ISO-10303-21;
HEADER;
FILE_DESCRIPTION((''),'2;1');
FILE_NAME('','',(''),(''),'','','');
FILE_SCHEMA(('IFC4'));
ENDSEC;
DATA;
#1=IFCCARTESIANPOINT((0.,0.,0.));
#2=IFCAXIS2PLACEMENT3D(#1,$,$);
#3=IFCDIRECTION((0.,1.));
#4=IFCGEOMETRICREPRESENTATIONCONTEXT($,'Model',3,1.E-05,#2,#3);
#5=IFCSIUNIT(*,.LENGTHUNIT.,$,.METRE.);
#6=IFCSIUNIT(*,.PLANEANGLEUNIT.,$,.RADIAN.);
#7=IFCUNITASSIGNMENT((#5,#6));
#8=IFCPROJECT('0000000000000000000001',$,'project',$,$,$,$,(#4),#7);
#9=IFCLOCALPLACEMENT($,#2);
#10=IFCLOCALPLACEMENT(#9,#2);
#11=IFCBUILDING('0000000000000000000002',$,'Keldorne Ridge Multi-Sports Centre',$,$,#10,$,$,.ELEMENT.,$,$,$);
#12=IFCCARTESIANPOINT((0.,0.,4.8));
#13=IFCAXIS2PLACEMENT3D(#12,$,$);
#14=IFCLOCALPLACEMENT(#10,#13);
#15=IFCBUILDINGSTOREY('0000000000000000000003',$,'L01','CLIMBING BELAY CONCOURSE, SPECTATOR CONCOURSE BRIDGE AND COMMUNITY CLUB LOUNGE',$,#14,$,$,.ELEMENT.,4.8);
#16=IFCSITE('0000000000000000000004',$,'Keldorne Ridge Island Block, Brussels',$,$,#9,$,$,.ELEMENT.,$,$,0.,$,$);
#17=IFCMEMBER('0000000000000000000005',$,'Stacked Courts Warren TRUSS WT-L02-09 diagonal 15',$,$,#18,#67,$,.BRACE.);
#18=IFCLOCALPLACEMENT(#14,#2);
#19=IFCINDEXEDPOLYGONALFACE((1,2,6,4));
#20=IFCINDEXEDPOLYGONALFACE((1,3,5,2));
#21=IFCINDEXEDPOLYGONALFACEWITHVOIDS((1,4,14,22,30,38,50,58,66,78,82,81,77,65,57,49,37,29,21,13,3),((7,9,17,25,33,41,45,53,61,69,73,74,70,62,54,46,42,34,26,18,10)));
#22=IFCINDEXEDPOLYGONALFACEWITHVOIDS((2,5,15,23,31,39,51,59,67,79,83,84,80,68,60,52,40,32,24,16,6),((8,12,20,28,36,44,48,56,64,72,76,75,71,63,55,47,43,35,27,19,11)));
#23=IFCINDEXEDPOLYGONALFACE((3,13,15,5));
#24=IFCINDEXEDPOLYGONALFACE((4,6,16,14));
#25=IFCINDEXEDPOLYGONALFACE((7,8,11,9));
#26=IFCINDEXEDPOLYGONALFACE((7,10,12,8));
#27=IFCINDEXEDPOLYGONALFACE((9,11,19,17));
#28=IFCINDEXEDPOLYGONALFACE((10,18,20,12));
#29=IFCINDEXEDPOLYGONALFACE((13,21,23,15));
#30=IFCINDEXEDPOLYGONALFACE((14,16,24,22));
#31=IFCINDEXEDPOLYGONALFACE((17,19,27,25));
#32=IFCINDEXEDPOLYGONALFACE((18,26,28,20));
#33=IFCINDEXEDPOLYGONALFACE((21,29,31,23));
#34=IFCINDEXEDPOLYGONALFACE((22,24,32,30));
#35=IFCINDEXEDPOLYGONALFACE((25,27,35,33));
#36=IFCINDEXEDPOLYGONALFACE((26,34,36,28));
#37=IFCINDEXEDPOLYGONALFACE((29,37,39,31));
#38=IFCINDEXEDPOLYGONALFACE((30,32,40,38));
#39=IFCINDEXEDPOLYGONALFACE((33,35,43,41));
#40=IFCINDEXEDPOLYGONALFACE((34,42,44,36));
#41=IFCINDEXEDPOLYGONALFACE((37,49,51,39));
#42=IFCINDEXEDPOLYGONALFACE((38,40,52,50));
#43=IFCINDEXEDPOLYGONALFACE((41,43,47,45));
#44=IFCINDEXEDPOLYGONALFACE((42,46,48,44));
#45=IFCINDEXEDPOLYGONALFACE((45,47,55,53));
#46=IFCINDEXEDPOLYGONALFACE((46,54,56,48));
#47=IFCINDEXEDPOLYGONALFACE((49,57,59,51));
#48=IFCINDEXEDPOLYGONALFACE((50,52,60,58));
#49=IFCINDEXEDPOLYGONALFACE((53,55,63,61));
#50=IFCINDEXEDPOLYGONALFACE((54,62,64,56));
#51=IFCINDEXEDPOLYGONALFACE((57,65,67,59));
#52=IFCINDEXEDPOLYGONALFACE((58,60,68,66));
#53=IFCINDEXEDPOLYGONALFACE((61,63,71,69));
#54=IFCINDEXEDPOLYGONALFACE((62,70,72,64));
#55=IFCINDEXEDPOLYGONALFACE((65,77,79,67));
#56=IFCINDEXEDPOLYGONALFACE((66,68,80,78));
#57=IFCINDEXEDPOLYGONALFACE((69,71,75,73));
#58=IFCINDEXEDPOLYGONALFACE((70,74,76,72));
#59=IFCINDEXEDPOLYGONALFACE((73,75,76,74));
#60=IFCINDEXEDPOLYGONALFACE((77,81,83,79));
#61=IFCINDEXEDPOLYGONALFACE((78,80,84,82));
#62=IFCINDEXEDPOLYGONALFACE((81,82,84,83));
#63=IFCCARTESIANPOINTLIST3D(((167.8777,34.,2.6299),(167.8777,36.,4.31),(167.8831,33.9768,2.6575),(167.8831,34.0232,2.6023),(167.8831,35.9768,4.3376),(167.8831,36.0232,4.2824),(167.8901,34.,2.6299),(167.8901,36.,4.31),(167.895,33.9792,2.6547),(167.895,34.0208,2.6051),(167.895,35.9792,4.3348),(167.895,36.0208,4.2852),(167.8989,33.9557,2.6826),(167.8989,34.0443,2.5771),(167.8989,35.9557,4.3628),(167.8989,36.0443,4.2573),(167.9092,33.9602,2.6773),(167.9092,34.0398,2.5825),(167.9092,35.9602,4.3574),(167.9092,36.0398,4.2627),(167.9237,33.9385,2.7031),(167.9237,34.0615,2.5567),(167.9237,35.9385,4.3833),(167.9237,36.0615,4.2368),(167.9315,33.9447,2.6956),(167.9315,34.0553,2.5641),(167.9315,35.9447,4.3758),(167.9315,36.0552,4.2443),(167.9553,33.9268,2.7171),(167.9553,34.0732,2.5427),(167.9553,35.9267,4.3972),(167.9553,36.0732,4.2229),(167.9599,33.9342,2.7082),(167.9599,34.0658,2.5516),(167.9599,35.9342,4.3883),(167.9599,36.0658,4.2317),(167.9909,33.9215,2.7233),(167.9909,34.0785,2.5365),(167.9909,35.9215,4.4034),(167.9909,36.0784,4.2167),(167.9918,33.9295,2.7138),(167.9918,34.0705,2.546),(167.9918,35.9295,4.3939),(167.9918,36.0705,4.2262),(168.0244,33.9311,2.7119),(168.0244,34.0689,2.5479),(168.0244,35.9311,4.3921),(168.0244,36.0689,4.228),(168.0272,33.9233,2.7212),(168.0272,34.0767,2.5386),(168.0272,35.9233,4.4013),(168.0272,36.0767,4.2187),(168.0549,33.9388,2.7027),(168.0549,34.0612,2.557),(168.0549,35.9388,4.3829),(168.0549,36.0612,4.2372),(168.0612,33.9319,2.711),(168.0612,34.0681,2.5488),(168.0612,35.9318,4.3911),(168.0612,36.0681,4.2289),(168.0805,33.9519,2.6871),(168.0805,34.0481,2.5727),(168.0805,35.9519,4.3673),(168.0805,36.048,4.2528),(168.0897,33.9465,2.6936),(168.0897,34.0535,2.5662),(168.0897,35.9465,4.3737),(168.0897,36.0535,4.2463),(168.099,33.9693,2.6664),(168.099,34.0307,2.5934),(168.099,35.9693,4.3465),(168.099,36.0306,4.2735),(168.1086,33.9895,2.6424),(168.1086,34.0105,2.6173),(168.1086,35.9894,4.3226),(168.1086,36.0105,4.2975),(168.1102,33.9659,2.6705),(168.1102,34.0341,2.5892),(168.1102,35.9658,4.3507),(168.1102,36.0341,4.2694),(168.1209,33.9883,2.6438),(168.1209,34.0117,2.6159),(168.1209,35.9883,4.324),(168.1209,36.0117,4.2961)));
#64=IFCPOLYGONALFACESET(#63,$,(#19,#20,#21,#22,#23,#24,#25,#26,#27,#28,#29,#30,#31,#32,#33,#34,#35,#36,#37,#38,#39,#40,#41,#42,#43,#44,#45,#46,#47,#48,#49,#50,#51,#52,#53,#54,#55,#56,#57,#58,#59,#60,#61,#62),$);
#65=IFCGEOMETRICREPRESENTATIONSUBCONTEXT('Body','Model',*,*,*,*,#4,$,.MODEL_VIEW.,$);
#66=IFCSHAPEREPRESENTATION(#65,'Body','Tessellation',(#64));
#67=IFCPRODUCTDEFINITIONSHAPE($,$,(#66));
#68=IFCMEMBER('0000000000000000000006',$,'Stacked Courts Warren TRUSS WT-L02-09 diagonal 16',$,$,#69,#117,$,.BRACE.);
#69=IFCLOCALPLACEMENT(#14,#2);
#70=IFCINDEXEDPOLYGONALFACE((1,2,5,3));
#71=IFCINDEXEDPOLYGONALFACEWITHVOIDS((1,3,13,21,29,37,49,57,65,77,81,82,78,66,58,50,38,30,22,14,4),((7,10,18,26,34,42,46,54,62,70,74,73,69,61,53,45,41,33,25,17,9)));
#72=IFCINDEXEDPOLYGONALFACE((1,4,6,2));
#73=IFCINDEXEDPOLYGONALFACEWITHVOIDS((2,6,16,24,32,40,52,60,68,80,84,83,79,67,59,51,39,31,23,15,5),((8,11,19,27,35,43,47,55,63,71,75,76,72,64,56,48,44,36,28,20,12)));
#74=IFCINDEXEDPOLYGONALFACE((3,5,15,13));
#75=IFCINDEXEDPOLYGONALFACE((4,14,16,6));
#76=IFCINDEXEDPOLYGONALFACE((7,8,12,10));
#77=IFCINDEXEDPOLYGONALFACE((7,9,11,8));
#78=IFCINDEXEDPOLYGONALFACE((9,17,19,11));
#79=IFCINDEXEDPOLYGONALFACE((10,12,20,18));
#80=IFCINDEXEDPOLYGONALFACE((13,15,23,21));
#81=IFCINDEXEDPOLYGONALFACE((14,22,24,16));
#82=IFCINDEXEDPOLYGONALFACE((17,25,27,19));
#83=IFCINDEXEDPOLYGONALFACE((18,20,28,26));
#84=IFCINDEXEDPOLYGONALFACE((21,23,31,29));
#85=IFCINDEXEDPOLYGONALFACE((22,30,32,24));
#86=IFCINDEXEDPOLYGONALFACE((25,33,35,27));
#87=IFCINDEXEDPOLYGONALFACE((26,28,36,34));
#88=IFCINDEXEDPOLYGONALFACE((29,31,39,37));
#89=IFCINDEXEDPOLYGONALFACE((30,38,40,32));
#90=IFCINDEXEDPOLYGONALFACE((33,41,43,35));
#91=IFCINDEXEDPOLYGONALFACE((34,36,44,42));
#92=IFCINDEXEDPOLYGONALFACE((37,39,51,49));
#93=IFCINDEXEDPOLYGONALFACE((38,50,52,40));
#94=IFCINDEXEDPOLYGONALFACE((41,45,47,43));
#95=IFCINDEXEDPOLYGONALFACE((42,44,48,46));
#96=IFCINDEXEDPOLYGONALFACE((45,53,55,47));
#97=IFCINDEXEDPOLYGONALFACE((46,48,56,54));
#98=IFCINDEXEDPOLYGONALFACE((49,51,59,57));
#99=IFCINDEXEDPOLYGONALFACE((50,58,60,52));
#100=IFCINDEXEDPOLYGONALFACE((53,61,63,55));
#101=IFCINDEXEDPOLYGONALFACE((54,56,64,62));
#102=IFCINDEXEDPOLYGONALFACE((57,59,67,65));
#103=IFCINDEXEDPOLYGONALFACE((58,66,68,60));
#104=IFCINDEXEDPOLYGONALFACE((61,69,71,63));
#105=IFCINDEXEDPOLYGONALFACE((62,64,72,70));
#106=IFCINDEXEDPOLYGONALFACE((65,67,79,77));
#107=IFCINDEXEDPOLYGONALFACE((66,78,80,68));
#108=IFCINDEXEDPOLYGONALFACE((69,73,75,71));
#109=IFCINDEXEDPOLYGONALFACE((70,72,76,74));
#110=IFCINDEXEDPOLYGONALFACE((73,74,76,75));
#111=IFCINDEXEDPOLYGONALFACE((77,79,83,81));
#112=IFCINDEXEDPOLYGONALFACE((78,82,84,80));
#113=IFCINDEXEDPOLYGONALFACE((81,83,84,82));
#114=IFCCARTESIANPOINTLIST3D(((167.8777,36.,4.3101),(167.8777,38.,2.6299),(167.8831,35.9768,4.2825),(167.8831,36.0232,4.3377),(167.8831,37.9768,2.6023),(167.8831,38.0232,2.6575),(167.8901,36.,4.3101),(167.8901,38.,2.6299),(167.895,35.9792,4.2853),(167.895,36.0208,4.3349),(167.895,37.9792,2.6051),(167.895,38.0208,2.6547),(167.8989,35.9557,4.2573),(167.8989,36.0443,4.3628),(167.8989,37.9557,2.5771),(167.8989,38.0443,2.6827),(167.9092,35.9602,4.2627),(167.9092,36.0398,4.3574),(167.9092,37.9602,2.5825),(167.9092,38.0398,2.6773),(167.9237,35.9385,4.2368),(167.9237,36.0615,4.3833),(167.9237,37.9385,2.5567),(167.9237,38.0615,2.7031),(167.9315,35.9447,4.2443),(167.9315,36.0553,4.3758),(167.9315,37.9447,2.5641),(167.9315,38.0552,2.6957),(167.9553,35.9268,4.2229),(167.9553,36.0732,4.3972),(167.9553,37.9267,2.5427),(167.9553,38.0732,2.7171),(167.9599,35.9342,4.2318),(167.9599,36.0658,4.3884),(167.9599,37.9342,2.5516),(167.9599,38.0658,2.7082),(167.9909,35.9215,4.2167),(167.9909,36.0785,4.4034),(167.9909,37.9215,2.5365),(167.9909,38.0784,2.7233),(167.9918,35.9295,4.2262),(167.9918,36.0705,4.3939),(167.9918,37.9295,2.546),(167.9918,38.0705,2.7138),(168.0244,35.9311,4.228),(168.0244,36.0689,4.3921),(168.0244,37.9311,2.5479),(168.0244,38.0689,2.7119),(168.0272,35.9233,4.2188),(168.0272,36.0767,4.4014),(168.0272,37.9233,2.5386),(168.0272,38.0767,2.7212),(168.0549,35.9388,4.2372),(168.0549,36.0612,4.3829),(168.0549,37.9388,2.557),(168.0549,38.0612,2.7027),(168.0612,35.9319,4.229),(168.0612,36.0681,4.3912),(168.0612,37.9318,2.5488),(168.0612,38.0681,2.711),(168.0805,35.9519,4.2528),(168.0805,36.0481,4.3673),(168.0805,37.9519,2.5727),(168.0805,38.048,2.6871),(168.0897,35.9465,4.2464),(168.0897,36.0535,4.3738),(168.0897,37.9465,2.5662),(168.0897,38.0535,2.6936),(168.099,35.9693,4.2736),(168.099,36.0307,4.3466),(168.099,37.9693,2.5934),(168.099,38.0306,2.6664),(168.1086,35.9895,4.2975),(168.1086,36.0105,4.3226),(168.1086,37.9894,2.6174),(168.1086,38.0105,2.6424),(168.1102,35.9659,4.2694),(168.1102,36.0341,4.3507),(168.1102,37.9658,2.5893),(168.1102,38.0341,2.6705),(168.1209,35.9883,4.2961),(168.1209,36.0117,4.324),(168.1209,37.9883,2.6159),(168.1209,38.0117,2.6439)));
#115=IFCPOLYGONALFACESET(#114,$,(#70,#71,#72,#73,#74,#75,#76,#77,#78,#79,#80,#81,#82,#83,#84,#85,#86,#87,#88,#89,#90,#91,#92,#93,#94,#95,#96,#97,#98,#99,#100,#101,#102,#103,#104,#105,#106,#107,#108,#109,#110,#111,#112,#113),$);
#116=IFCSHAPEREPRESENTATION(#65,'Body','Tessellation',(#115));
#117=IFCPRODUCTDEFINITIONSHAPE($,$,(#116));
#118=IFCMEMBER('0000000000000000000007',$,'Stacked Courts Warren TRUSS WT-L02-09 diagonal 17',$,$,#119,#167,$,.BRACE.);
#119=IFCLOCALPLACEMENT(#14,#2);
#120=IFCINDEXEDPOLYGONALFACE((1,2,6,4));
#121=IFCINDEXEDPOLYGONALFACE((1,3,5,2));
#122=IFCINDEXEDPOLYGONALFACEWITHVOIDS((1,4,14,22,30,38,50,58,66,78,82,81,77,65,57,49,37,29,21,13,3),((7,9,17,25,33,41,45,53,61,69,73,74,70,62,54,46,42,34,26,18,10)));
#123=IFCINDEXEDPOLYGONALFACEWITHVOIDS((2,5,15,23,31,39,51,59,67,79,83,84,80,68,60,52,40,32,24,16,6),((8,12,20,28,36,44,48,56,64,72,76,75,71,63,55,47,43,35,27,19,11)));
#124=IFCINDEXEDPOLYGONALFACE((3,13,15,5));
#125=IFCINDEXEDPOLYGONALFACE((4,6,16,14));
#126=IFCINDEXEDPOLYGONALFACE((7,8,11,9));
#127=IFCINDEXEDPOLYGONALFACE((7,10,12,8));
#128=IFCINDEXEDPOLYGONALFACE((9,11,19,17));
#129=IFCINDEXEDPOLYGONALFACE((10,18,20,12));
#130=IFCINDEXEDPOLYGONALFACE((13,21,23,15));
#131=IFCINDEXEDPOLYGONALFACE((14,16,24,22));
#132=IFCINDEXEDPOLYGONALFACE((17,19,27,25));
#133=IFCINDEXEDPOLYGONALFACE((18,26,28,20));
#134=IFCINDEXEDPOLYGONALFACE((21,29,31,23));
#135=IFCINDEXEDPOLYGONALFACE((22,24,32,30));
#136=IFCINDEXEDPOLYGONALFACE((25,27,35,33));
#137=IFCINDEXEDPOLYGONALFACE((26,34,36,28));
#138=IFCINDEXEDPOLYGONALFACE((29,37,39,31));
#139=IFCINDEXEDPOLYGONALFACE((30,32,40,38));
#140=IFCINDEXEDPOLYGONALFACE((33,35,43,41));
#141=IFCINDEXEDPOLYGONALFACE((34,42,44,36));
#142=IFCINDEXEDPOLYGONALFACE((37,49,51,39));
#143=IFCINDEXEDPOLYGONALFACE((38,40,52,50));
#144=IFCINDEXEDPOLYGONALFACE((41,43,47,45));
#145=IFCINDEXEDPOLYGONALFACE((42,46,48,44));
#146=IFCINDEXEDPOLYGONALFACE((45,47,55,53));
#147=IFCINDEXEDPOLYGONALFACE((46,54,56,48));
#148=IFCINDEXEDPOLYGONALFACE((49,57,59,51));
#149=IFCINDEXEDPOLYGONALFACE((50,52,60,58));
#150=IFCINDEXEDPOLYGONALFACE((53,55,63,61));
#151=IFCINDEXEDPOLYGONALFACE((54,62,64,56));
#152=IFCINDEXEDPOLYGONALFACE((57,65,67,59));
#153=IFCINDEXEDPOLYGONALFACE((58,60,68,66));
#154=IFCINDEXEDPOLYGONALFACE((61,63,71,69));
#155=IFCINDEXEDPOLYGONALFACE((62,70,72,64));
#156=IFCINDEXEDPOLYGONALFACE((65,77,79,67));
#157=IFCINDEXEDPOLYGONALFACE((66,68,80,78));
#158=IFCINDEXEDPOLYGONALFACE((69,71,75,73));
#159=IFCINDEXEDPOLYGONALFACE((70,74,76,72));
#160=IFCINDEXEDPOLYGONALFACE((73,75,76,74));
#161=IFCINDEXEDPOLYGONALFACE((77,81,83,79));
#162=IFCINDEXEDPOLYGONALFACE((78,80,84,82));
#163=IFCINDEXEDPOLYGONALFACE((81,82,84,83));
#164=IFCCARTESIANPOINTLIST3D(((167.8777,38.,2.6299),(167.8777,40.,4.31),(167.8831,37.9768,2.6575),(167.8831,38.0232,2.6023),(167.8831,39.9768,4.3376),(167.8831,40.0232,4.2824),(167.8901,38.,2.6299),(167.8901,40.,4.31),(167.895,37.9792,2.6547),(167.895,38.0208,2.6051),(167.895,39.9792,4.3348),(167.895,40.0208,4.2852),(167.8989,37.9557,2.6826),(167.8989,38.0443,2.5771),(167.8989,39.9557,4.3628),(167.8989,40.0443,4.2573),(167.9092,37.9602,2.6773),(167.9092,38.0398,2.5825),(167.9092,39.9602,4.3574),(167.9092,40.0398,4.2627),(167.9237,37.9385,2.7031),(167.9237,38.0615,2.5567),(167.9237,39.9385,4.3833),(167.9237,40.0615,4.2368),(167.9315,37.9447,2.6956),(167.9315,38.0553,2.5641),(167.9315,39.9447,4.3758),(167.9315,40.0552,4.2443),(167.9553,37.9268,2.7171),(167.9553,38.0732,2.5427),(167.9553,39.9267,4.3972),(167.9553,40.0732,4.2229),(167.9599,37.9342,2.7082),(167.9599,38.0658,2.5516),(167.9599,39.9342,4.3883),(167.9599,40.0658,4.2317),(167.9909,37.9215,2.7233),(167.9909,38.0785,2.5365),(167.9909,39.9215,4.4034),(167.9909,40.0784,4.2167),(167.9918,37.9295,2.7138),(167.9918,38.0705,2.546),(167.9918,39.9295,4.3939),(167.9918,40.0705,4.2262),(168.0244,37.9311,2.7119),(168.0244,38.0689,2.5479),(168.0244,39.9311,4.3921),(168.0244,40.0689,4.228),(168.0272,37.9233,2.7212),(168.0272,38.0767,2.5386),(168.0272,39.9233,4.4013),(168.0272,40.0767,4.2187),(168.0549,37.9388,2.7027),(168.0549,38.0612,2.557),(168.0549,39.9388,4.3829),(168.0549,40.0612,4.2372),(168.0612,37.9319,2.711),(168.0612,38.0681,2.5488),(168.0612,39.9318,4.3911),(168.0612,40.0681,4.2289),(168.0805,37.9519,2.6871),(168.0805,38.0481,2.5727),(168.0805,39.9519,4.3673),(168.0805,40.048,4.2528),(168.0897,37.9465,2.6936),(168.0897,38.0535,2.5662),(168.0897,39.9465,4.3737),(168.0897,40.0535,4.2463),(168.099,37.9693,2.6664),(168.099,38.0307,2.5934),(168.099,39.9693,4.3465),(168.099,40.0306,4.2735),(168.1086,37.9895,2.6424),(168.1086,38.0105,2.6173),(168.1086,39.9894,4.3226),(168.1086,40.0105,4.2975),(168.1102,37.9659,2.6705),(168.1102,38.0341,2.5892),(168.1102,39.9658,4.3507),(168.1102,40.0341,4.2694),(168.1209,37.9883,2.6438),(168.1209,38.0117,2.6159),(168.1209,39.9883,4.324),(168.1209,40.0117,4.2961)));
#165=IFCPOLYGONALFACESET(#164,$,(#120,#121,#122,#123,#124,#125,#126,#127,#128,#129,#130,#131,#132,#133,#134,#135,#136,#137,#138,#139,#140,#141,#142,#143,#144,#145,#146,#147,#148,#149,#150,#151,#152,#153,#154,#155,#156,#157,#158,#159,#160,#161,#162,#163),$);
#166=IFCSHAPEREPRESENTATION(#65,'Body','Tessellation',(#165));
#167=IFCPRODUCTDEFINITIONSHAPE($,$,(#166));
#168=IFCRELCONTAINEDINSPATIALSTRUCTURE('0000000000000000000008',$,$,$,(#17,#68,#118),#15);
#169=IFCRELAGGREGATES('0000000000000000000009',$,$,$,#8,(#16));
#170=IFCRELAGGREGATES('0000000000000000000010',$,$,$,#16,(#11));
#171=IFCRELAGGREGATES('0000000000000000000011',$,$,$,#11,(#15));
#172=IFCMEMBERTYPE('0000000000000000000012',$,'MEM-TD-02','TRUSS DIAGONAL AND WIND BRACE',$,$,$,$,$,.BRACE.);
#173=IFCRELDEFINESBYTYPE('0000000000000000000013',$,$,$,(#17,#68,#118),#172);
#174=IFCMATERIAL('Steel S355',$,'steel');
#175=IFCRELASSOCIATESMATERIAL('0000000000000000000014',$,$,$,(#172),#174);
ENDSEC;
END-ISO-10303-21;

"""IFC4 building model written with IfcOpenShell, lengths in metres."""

from ifc_helpers import new_model, si_unit, direction, frame, origin, origin_2d, place, context, subcontext, project, spatial, hollow_circle, extrude, material, material_profile, profile_set, type_object, element, save


model = new_model("IFC4")

# Units and contexts
model_context = context("Model", 3, precision=1e-05, world=origin(), true_north=direction((0.0, 1.0)))
body_context = subcontext(model_context, "Body", "Model", "MODEL_VIEW")
ifc_project = project(units=[si_unit("LENGTHUNIT", "METRE"), si_unit("PLANEANGLEUNIT", "RADIAN")], contexts=[model_context])

# Site, building, storey
site_placement = place(None, origin())
site = spatial("IfcSite", under=ifc_project, at=site_placement, Name="Keldorne Ridge Island Block, Brussels", CompositionType="ELEMENT", RefElevation=0.0)
building_placement = place(site_placement, origin())
building = spatial("IfcBuilding", under=site, at=building_placement, Name="Keldorne Ridge Multi-Sports Centre", CompositionType="ELEMENT")
storey_placement = place(building_placement, frame((0.0, 0.0, 4.8)))
storey = spatial("IfcBuildingStorey", under=building, at=storey_placement, Name="L01", Description="CLIMBING BELAY CONCOURSE, SPECTATOR CONCOURSE BRIDGE AND COMMUNITY CLUB LOUNGE", CompositionType="ELEMENT", Elevation=4.8)

# Shared definitions
ifc_material_1 = material(Name="Steel S355", Category="steel")

# Members
ifc_material_profile_1 = material_profile(ifc_material_1, hollow_circle(Radius=0.1223, WallThickness=0.0125, at=origin_2d()), Name="CHS 244.5x12.5")
ifc_profile_set_1 = profile_set([ifc_material_profile_1], Name="Steel S355")
member_type_1 = type_object("IfcMemberType", Name="MEM-TD-02", Description="TRUSS DIAGONAL AND WIND BRACE", PredefinedType="BRACE", material=ifc_profile_set_1)
for number, where, z_axis, x_axis, name in (
    (1, (168.0, 34.0, 2.6299), (0.0, 0.765672, 0.643232), (-1.0, 0.0, 0.0), "Stacked Courts Warren TRUSS WT-L02-09 diagonal 15"),
    (2, (168.0, 36.0, 4.3101), (0.0, 0.765672, -0.643232), (-1.0, 0.0, 0.0), "Stacked Courts Warren TRUSS WT-L02-09 diagonal 16"),
    (3, (168.0, 38.0, 2.6299), (0.0, 0.765672, 0.643232), (-1.0, 0.0, 0.0), "Stacked Courts Warren TRUSS WT-L02-09 diagonal 17"),
):
    element("IfcMember", number, at=place(storey_placement, frame(where, z_axis=z_axis, x_axis=x_axis)), inside=storey, type_object=member_type_1, Name=name, PredefinedType="BRACE", context=body_context, shape_type="SweptSolid", body=[
        extrude(hollow_circle(Radius=0.1223, WallThickness=0.0125, at=origin_2d()), origin(), (0.0, 0.0, 1.0), 2.6121),
    ])

save(model, "model.ifc")
